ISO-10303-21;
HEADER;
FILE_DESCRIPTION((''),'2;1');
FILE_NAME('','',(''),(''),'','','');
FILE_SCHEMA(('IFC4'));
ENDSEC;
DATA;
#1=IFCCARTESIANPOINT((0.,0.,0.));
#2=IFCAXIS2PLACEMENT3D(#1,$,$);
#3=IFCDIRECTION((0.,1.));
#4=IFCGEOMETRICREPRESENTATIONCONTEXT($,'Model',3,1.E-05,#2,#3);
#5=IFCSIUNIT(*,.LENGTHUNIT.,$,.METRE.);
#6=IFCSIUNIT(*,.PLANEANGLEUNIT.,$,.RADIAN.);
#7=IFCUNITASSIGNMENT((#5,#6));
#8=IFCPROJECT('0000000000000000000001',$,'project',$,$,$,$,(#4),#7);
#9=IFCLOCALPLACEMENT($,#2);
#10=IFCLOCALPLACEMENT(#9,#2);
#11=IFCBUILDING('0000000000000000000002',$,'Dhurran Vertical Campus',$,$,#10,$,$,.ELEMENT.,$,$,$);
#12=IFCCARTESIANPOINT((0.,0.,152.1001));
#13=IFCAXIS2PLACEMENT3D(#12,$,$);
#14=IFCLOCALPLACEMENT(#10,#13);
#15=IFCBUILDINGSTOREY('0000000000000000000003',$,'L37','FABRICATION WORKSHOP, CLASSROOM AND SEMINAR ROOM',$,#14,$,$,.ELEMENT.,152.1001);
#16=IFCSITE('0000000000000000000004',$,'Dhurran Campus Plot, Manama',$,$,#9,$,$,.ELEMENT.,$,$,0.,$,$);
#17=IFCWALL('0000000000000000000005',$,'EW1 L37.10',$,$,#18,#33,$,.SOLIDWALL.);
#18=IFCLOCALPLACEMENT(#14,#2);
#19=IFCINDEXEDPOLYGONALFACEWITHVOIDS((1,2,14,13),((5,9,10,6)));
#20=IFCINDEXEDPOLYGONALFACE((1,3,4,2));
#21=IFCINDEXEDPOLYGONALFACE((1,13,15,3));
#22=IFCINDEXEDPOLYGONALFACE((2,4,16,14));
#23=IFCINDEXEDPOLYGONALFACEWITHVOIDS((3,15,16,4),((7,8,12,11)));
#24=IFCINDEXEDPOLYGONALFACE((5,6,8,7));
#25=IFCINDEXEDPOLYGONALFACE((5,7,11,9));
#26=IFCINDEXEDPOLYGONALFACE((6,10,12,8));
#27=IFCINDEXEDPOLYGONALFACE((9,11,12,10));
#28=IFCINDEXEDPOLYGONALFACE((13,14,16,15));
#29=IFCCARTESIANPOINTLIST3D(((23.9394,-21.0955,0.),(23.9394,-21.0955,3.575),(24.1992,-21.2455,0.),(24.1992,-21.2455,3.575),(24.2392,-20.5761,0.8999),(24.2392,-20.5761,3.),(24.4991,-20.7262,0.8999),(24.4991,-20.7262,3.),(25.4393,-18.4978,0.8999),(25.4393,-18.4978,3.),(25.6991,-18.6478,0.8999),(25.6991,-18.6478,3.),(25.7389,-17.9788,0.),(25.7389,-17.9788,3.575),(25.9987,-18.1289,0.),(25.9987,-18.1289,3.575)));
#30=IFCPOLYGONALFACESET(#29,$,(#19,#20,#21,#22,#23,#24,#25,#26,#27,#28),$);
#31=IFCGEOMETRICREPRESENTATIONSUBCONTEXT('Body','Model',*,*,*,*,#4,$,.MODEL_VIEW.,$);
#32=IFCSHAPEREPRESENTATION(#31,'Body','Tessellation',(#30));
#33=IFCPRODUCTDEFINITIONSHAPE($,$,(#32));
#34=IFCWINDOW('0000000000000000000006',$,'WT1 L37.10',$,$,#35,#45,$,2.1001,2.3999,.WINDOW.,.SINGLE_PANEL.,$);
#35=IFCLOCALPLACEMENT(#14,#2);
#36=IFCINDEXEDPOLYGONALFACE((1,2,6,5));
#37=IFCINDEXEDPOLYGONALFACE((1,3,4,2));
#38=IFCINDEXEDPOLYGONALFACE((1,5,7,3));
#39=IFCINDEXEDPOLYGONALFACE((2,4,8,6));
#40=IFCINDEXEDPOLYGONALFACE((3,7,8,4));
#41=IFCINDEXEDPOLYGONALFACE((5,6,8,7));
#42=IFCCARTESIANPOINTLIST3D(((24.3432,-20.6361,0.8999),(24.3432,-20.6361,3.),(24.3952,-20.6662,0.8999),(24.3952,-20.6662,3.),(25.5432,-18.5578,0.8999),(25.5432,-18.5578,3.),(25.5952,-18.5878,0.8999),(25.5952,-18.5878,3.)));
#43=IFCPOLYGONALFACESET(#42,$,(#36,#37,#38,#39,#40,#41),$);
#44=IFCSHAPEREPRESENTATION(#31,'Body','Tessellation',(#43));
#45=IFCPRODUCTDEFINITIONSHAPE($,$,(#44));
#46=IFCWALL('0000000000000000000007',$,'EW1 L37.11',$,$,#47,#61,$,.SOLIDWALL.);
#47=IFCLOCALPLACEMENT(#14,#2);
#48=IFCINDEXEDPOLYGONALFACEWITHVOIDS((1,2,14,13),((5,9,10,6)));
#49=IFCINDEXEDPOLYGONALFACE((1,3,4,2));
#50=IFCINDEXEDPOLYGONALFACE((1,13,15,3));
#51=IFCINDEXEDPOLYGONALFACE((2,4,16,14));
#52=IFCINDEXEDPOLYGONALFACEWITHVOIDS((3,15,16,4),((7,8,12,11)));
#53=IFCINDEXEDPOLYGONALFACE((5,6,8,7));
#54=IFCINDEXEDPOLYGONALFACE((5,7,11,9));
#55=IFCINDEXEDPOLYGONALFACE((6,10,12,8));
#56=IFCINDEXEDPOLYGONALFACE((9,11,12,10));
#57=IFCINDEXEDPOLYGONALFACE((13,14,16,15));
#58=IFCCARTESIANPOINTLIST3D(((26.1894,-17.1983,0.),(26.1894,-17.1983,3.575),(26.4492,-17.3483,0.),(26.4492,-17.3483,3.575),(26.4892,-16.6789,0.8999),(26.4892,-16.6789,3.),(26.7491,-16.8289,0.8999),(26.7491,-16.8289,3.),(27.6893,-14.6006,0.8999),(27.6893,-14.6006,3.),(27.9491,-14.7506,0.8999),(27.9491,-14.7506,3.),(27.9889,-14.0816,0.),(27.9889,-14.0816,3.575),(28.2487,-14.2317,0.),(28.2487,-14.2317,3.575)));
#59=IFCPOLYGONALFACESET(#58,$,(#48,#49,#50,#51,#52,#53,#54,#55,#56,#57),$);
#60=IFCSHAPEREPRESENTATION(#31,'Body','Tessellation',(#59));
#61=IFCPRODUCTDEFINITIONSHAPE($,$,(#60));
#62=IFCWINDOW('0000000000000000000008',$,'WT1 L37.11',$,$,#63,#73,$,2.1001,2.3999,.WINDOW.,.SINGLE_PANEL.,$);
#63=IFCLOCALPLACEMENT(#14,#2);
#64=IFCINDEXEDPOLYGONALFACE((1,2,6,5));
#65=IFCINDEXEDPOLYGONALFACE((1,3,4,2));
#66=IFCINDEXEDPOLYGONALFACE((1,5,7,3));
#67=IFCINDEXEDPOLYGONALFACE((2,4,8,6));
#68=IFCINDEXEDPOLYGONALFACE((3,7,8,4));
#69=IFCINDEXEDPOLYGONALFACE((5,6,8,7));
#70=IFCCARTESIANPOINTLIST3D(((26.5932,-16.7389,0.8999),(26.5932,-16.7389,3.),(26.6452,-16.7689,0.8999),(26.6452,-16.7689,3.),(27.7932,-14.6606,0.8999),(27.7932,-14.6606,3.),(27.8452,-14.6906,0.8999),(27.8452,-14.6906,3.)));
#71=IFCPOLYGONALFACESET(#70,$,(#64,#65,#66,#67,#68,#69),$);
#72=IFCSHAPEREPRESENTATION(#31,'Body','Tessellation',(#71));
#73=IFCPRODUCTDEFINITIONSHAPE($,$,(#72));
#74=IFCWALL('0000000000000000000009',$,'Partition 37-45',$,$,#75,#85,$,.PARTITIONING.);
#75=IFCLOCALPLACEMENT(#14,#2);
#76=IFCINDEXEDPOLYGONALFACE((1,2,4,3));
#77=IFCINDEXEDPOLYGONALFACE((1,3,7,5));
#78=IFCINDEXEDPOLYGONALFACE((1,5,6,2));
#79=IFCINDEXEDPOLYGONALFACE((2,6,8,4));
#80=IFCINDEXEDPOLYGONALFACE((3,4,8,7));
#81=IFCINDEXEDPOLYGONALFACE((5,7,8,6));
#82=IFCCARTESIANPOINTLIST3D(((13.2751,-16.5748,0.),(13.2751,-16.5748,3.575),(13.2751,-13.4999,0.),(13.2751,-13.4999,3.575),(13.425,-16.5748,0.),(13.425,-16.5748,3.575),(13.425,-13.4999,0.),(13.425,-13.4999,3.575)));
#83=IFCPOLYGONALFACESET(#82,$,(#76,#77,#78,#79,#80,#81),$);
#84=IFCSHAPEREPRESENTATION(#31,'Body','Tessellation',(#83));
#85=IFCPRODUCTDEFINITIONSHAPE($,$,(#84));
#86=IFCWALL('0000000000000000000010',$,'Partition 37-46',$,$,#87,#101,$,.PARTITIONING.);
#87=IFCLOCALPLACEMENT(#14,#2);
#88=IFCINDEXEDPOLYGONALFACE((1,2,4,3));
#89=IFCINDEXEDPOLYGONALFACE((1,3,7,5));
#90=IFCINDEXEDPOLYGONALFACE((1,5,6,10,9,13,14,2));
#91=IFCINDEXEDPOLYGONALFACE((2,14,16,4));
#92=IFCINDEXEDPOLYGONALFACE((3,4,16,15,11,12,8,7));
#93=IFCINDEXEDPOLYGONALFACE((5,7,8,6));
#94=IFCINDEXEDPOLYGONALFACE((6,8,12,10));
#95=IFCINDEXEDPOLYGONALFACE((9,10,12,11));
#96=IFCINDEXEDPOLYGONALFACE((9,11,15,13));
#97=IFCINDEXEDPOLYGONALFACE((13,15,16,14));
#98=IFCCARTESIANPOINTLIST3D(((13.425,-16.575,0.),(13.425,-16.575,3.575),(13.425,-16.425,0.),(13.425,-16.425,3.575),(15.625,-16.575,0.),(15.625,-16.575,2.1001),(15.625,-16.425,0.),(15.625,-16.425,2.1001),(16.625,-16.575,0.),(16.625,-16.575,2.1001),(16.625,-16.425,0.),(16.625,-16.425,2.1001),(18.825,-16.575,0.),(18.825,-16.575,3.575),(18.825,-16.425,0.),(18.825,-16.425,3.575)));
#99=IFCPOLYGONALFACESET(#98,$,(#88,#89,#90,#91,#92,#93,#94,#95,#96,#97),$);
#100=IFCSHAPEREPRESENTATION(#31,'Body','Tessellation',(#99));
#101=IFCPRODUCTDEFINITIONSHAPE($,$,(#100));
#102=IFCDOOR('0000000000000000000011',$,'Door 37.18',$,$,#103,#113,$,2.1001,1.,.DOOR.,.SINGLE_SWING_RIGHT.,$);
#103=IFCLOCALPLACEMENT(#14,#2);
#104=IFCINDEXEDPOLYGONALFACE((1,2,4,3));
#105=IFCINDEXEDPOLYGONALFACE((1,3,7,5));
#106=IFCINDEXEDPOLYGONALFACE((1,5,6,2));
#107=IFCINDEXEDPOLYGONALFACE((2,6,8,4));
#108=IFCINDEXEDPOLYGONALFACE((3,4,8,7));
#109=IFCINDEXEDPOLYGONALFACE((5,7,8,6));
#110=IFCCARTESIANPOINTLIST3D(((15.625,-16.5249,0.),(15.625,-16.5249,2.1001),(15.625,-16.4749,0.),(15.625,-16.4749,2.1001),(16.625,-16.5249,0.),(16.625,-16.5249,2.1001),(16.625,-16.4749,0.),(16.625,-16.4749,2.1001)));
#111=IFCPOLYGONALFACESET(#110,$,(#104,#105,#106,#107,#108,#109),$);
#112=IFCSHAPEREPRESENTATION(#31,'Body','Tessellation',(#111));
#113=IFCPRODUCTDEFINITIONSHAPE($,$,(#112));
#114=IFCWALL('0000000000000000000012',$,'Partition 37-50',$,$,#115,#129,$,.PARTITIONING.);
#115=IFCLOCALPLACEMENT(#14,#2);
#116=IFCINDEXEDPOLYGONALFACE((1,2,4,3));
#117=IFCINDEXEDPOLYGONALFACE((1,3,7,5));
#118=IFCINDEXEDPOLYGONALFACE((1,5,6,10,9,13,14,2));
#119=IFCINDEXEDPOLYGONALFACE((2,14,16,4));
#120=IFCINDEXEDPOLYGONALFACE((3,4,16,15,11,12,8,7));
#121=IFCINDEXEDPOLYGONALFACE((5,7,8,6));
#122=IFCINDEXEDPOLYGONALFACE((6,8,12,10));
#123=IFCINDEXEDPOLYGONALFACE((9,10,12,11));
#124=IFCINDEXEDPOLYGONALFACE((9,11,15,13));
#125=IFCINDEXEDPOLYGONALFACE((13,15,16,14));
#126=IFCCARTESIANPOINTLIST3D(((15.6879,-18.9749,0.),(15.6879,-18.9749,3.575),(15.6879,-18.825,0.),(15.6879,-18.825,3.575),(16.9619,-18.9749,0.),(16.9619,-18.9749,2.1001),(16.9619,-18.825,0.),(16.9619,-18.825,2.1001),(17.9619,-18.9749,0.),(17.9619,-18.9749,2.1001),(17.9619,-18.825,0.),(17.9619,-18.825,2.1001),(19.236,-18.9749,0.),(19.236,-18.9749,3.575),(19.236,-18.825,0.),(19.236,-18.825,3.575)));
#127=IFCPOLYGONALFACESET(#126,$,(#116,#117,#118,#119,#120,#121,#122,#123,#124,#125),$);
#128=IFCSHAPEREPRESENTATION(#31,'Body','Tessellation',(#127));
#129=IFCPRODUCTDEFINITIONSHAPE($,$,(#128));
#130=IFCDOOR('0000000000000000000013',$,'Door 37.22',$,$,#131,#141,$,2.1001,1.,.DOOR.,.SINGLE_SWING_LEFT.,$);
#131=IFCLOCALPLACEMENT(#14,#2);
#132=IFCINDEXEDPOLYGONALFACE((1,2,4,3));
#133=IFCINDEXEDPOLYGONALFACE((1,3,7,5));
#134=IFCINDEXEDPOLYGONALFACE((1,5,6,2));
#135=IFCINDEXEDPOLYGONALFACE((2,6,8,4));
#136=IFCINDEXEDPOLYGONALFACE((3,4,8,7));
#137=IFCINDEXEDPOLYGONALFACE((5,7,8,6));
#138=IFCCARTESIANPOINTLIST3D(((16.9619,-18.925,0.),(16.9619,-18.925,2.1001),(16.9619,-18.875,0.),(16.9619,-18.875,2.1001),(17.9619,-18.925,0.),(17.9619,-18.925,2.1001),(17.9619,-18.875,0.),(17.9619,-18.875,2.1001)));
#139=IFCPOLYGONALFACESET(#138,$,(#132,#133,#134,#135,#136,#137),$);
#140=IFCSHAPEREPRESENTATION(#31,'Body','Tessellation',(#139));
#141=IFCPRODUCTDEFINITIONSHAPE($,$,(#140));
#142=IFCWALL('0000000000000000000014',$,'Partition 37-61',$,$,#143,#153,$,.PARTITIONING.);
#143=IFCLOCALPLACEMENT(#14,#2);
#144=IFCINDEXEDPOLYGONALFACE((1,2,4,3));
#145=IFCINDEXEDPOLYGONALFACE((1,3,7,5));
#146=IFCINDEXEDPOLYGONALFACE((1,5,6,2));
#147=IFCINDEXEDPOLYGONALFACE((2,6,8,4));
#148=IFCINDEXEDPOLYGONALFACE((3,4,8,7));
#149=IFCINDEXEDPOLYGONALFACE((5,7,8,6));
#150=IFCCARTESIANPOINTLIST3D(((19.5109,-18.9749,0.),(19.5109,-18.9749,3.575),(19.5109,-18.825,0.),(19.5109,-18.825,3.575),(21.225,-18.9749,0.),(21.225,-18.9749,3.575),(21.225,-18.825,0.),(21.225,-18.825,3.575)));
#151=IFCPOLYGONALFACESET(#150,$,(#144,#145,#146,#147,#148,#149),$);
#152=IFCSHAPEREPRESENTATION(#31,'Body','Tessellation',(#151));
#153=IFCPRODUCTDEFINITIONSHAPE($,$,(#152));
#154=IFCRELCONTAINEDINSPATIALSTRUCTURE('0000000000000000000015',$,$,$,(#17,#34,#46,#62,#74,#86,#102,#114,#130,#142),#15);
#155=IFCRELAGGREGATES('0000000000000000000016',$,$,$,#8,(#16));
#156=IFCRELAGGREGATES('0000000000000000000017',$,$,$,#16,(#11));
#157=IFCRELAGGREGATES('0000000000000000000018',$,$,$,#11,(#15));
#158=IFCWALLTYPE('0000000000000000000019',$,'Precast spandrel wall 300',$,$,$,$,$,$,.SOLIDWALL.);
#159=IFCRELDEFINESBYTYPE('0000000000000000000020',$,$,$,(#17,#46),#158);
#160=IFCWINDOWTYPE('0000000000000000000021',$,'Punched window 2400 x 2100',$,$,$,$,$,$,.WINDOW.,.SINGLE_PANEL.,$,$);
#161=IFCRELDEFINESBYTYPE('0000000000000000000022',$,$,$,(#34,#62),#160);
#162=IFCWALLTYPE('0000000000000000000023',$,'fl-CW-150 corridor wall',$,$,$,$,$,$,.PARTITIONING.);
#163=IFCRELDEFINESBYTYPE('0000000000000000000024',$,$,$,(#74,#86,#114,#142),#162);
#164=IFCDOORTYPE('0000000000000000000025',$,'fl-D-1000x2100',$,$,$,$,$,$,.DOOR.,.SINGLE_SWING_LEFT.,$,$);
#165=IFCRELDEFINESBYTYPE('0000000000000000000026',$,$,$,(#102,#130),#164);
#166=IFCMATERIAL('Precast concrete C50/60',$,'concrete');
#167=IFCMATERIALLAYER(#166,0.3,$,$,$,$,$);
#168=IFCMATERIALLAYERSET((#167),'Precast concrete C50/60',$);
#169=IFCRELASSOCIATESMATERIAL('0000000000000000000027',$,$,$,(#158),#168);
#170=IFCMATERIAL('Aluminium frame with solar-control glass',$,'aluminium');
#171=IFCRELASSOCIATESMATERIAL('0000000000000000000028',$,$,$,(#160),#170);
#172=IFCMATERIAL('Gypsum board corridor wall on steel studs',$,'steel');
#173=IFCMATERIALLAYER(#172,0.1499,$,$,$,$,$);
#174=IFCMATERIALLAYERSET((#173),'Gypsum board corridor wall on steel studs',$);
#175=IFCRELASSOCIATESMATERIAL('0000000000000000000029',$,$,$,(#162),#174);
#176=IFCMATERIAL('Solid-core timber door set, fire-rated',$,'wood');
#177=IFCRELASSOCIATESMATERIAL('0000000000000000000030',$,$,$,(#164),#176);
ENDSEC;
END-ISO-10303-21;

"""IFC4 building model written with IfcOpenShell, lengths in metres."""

from ifc_helpers import new_model, si_unit, direction, frame, frame_2d, origin, place, context, subcontext, project, spatial, rectangle, extrude, material, layer, layer_set, type_object, element, fill, save


model = new_model("IFC4")

# Units and contexts
model_context = context("Model", 3, precision=1e-05, world=origin(), true_north=direction((0.0, 1.0)))
body_context = subcontext(model_context, "Body", "Model", "MODEL_VIEW")
ifc_project = project(units=[si_unit("LENGTHUNIT", "METRE"), si_unit("PLANEANGLEUNIT", "RADIAN")], contexts=[model_context])

# Site, building, storey
site_placement = place(None, origin())
site = spatial("IfcSite", under=ifc_project, at=site_placement, Name="Dhurran Campus Plot, Manama", CompositionType="ELEMENT", RefElevation=0.0)
building_placement = place(site_placement, origin())
building = spatial("IfcBuilding", under=site, at=building_placement, Name="Dhurran Vertical Campus", CompositionType="ELEMENT")
storey_placement = place(building_placement, frame((0.0, 0.0, 152.1001)))
storey = spatial("IfcBuildingStorey", under=building, at=storey_placement, Name="L37", Description="FABRICATION WORKSHOP, CLASSROOM AND SEMINAR ROOM", CompositionType="ELEMENT", Elevation=152.1001)

# Walls, openings, windows
ifc_material_1 = material(Name="Precast concrete C50/60", Category="concrete")
ifc_layer_1 = layer(ifc_material_1, 0.3)
ifc_layer_set_1 = layer_set([ifc_layer_1], Name="Precast concrete C50/60")
wall_type_1 = type_object("IfcWallType", Name="Precast spandrel wall 300", PredefinedType="SOLIDWALL", material=ifc_layer_set_1)
ifc_material_2 = material(Name="Aluminium frame with solar-control glass", Category="aluminium")
window_type = type_object("IfcWindowType", Name="Punched window 2400 x 2100", PartitioningType="SINGLE_PANEL", PredefinedType="WINDOW", material=ifc_material_2)
wall_1_placement = place(storey_placement, frame((24.0693, -21.1704, 0.0), z_axis=(0.0, 0.0, 1.0), x_axis=(0.500028, 0.866009, 0.0)))
wall_1 = element("IfcWall", 1, at=wall_1_placement, inside=storey, type_object=wall_type_1, Name="EW1 L37.10", PredefinedType="SOLIDWALL", context=body_context, shape_type="SweptSolid", body=[
    extrude(rectangle(XDim=3.5989, YDim=0.3, at=frame_2d((1.7993, 0.0))), origin(), (0.0, 0.0, 1.0), 3.575),
])
opening_1_placement = place(wall_1_placement, frame((0.5996, 0.0, 0.8999)))
opening_1 = element("IfcOpeningElement", 2, at=opening_1_placement, cuts=wall_1, PredefinedType="OPENING", context=body_context, shape_type="SweptSolid", body=[
    extrude(rectangle(XDim=2.3999, YDim=2.1001, at=frame_2d((1.2, 1.05))), frame((0.0, 0.1599, 0.0), z_axis=(0.0, -1.0, 0.0), x_axis=(1.0, 0.0, 0.0)), (0.0, 0.0, 1.0), 0.3201),
])
window_1_placement = place(opening_1_placement, origin())
window_1 = element("IfcWindow", 3, at=window_1_placement, inside=storey, type_object=window_type, Name="WT1 L37.10", OverallHeight=2.1001, OverallWidth=2.3999, PartitioningType="SINGLE_PANEL", PredefinedType="WINDOW", context=body_context, shape_type="SweptSolid", body=[
    extrude(rectangle(XDim=2.3999, YDim=2.1001, at=frame_2d((1.2, 1.05))), frame((0.0, 0.03, 0.0), z_axis=(0.0, -1.0, 0.0), x_axis=(1.0, 0.0, 0.0)), (0.0, 0.0, 1.0), 0.0601),
])
fill(opening_1, window_1)
wall_2_placement = place(storey_placement, frame((26.3193, -17.2732, 0.0), z_axis=(0.0, 0.0, 1.0), x_axis=(0.500028, 0.866009, 0.0)))
wall_2 = element("IfcWall", 4, at=wall_2_placement, inside=storey, type_object=wall_type_1, Name="EW1 L37.11", PredefinedType="SOLIDWALL", context=body_context, shape_type="SweptSolid", body=[
    extrude(rectangle(XDim=3.5989, YDim=0.3, at=frame_2d((1.7993, 0.0))), origin(), (0.0, 0.0, 1.0), 3.575),
])
opening_2_placement = place(wall_2_placement, frame((0.5996, 0.0, 0.8999)))
opening_2 = element("IfcOpeningElement", 5, at=opening_2_placement, cuts=wall_2, PredefinedType="OPENING", context=body_context, shape_type="SweptSolid", body=[
    extrude(rectangle(XDim=2.3999, YDim=2.1001, at=frame_2d((1.2, 1.05))), frame((0.0, 0.1599, 0.0), z_axis=(0.0, -1.0, 0.0), x_axis=(1.0, 0.0, 0.0)), (0.0, 0.0, 1.0), 0.3201),
])
window_2_placement = place(opening_2_placement, origin())
window_2 = element("IfcWindow", 6, at=window_2_placement, inside=storey, type_object=window_type, Name="WT1 L37.11", OverallHeight=2.1001, OverallWidth=2.3999, PartitioningType="SINGLE_PANEL", PredefinedType="WINDOW", context=body_context, shape_type="SweptSolid", body=[
    extrude(rectangle(XDim=2.3999, YDim=2.1001, at=frame_2d((1.2, 1.05))), frame((0.0, 0.03, 0.0), z_axis=(0.0, -1.0, 0.0), x_axis=(1.0, 0.0, 0.0)), (0.0, 0.0, 1.0), 0.0601),
])
fill(opening_2, window_2)

# Wall
ifc_material_3 = material(Name="Gypsum board corridor wall on steel studs", Category="steel")
ifc_layer_2 = layer(ifc_material_3, 0.1499)
ifc_layer_set_2 = layer_set([ifc_layer_2], Name="Gypsum board corridor wall on steel studs")
wall_type_2 = type_object("IfcWallType", Name="fl-CW-150 corridor wall", PredefinedType="PARTITIONING", material=ifc_layer_set_2)
wall_3_placement = place(storey_placement, frame((13.3501, -16.575, 0.0), z_axis=(0.0, 0.0, 1.0), x_axis=(0.0, 1.0, 0.0)))
element("IfcWall", 7, at=wall_3_placement, inside=storey, type_object=wall_type_2, Name="Partition 37-45", PredefinedType="PARTITIONING", context=body_context, shape_type="SweptSolid", body=[
    extrude(rectangle(XDim=3.075, YDim=0.1499, at=frame_2d((1.5376, 0.0))), origin(), (0.0, 0.0, 1.0), 3.575),
])

# Walls, openings, doors
wall_4_placement = place(storey_placement, frame((18.825, -16.5, 0.0), z_axis=(0.0, 0.0, 1.0), x_axis=(-1.0, 0.0, 0.0)))
wall_4 = element("IfcWall", 8, at=wall_4_placement, inside=storey, type_object=wall_type_2, Name="Partition 37-46", PredefinedType="PARTITIONING", context=body_context, shape_type="SweptSolid", body=[
    extrude(rectangle(XDim=5.3999, YDim=0.1499, at=frame_2d((2.7, 0.0))), origin(), (0.0, 0.0, 1.0), 3.575),
])
opening_3_placement = place(wall_4_placement, frame((2.2, 0.0, 0.0)))
opening_3 = element("IfcOpeningElement", 9, at=opening_3_placement, cuts=wall_4, PredefinedType="OPENING", context=body_context, shape_type="SweptSolid", body=[
    extrude(rectangle(XDim=1.0, YDim=2.1001, at=frame_2d((0.5, 1.05))), frame((0.0, 0.085, 0.0), z_axis=(0.0, -1.0, 0.0), x_axis=(1.0, 0.0, 0.0)), (0.0, 0.0, 1.0), 0.1699),
])
ifc_material_4 = material(Name="Solid-core timber door set, fire-rated", Category="wood")
door_type = type_object("IfcDoorType", Name="fl-D-1000x2100", OperationType="SINGLE_SWING_LEFT", PredefinedType="DOOR", material=ifc_material_4)
door_1_placement = place(opening_3_placement, origin())
door_1 = element("IfcDoor", 10, at=door_1_placement, inside=storey, type_object=door_type, Name="Door 37.18", OperationType="SINGLE_SWING_RIGHT", OverallHeight=2.1001, OverallWidth=1.0, PredefinedType="DOOR", context=body_context, shape_type="SweptSolid", body=[
    extrude(rectangle(XDim=1.0, YDim=2.1001, at=frame_2d((0.5, 1.05))), frame((0.0, 0.0249, 0.0), z_axis=(0.0, -1.0, 0.0), x_axis=(1.0, 0.0, 0.0)), (0.0, 0.0, 1.0), 0.05),
])
fill(opening_3, door_1)
wall_5_placement = place(storey_placement, frame((15.688, -18.8999, 0.0), z_axis=(0.0, 0.0, 1.0), x_axis=(1.0, 0.0, 0.0)))
wall_5 = element("IfcWall", 11, at=wall_5_placement, inside=storey, type_object=wall_type_2, Name="Partition 37-50", PredefinedType="PARTITIONING", context=body_context, shape_type="SweptSolid", body=[
    extrude(rectangle(XDim=3.5481, YDim=0.1499, at=frame_2d((1.7739, 0.0))), origin(), (0.0, 0.0, 1.0), 3.575),
])
opening_4_placement = place(wall_5_placement, frame((1.2739, 0.0, 0.0)))
opening_4 = element("IfcOpeningElement", 12, at=opening_4_placement, cuts=wall_5, PredefinedType="OPENING", context=body_context, shape_type="SweptSolid", body=[
    extrude(rectangle(XDim=1.0, YDim=2.1001, at=frame_2d((0.5, 1.05))), frame((0.0, 0.085, 0.0), z_axis=(0.0, -1.0, 0.0), x_axis=(1.0, 0.0, 0.0)), (0.0, 0.0, 1.0), 0.1699),
])
door_2_placement = place(opening_4_placement, origin())
door_2 = element("IfcDoor", 13, at=door_2_placement, inside=storey, type_object=door_type, Name="Door 37.22", OperationType="SINGLE_SWING_LEFT", OverallHeight=2.1001, OverallWidth=1.0, PredefinedType="DOOR", context=body_context, shape_type="SweptSolid", body=[
    extrude(rectangle(XDim=1.0, YDim=2.1001, at=frame_2d((0.5, 1.05))), frame((0.0, 0.0249, 0.0), z_axis=(0.0, -1.0, 0.0), x_axis=(1.0, 0.0, 0.0)), (0.0, 0.0, 1.0), 0.05),
])
fill(opening_4, door_2)

# Wall
wall_6_placement = place(storey_placement, frame((19.511, -18.8999, 0.0), z_axis=(0.0, 0.0, 1.0), x_axis=(1.0, 0.0, 0.0)))
element("IfcWall", 14, at=wall_6_placement, inside=storey, type_object=wall_type_2, Name="Partition 37-61", PredefinedType="PARTITIONING", context=body_context, shape_type="SweptSolid", body=[
    extrude(rectangle(XDim=1.7141, YDim=0.1499, at=frame_2d((0.8569, 0.0))), origin(), (0.0, 0.0, 1.0), 3.575),
])

save(model, "model.ifc")
